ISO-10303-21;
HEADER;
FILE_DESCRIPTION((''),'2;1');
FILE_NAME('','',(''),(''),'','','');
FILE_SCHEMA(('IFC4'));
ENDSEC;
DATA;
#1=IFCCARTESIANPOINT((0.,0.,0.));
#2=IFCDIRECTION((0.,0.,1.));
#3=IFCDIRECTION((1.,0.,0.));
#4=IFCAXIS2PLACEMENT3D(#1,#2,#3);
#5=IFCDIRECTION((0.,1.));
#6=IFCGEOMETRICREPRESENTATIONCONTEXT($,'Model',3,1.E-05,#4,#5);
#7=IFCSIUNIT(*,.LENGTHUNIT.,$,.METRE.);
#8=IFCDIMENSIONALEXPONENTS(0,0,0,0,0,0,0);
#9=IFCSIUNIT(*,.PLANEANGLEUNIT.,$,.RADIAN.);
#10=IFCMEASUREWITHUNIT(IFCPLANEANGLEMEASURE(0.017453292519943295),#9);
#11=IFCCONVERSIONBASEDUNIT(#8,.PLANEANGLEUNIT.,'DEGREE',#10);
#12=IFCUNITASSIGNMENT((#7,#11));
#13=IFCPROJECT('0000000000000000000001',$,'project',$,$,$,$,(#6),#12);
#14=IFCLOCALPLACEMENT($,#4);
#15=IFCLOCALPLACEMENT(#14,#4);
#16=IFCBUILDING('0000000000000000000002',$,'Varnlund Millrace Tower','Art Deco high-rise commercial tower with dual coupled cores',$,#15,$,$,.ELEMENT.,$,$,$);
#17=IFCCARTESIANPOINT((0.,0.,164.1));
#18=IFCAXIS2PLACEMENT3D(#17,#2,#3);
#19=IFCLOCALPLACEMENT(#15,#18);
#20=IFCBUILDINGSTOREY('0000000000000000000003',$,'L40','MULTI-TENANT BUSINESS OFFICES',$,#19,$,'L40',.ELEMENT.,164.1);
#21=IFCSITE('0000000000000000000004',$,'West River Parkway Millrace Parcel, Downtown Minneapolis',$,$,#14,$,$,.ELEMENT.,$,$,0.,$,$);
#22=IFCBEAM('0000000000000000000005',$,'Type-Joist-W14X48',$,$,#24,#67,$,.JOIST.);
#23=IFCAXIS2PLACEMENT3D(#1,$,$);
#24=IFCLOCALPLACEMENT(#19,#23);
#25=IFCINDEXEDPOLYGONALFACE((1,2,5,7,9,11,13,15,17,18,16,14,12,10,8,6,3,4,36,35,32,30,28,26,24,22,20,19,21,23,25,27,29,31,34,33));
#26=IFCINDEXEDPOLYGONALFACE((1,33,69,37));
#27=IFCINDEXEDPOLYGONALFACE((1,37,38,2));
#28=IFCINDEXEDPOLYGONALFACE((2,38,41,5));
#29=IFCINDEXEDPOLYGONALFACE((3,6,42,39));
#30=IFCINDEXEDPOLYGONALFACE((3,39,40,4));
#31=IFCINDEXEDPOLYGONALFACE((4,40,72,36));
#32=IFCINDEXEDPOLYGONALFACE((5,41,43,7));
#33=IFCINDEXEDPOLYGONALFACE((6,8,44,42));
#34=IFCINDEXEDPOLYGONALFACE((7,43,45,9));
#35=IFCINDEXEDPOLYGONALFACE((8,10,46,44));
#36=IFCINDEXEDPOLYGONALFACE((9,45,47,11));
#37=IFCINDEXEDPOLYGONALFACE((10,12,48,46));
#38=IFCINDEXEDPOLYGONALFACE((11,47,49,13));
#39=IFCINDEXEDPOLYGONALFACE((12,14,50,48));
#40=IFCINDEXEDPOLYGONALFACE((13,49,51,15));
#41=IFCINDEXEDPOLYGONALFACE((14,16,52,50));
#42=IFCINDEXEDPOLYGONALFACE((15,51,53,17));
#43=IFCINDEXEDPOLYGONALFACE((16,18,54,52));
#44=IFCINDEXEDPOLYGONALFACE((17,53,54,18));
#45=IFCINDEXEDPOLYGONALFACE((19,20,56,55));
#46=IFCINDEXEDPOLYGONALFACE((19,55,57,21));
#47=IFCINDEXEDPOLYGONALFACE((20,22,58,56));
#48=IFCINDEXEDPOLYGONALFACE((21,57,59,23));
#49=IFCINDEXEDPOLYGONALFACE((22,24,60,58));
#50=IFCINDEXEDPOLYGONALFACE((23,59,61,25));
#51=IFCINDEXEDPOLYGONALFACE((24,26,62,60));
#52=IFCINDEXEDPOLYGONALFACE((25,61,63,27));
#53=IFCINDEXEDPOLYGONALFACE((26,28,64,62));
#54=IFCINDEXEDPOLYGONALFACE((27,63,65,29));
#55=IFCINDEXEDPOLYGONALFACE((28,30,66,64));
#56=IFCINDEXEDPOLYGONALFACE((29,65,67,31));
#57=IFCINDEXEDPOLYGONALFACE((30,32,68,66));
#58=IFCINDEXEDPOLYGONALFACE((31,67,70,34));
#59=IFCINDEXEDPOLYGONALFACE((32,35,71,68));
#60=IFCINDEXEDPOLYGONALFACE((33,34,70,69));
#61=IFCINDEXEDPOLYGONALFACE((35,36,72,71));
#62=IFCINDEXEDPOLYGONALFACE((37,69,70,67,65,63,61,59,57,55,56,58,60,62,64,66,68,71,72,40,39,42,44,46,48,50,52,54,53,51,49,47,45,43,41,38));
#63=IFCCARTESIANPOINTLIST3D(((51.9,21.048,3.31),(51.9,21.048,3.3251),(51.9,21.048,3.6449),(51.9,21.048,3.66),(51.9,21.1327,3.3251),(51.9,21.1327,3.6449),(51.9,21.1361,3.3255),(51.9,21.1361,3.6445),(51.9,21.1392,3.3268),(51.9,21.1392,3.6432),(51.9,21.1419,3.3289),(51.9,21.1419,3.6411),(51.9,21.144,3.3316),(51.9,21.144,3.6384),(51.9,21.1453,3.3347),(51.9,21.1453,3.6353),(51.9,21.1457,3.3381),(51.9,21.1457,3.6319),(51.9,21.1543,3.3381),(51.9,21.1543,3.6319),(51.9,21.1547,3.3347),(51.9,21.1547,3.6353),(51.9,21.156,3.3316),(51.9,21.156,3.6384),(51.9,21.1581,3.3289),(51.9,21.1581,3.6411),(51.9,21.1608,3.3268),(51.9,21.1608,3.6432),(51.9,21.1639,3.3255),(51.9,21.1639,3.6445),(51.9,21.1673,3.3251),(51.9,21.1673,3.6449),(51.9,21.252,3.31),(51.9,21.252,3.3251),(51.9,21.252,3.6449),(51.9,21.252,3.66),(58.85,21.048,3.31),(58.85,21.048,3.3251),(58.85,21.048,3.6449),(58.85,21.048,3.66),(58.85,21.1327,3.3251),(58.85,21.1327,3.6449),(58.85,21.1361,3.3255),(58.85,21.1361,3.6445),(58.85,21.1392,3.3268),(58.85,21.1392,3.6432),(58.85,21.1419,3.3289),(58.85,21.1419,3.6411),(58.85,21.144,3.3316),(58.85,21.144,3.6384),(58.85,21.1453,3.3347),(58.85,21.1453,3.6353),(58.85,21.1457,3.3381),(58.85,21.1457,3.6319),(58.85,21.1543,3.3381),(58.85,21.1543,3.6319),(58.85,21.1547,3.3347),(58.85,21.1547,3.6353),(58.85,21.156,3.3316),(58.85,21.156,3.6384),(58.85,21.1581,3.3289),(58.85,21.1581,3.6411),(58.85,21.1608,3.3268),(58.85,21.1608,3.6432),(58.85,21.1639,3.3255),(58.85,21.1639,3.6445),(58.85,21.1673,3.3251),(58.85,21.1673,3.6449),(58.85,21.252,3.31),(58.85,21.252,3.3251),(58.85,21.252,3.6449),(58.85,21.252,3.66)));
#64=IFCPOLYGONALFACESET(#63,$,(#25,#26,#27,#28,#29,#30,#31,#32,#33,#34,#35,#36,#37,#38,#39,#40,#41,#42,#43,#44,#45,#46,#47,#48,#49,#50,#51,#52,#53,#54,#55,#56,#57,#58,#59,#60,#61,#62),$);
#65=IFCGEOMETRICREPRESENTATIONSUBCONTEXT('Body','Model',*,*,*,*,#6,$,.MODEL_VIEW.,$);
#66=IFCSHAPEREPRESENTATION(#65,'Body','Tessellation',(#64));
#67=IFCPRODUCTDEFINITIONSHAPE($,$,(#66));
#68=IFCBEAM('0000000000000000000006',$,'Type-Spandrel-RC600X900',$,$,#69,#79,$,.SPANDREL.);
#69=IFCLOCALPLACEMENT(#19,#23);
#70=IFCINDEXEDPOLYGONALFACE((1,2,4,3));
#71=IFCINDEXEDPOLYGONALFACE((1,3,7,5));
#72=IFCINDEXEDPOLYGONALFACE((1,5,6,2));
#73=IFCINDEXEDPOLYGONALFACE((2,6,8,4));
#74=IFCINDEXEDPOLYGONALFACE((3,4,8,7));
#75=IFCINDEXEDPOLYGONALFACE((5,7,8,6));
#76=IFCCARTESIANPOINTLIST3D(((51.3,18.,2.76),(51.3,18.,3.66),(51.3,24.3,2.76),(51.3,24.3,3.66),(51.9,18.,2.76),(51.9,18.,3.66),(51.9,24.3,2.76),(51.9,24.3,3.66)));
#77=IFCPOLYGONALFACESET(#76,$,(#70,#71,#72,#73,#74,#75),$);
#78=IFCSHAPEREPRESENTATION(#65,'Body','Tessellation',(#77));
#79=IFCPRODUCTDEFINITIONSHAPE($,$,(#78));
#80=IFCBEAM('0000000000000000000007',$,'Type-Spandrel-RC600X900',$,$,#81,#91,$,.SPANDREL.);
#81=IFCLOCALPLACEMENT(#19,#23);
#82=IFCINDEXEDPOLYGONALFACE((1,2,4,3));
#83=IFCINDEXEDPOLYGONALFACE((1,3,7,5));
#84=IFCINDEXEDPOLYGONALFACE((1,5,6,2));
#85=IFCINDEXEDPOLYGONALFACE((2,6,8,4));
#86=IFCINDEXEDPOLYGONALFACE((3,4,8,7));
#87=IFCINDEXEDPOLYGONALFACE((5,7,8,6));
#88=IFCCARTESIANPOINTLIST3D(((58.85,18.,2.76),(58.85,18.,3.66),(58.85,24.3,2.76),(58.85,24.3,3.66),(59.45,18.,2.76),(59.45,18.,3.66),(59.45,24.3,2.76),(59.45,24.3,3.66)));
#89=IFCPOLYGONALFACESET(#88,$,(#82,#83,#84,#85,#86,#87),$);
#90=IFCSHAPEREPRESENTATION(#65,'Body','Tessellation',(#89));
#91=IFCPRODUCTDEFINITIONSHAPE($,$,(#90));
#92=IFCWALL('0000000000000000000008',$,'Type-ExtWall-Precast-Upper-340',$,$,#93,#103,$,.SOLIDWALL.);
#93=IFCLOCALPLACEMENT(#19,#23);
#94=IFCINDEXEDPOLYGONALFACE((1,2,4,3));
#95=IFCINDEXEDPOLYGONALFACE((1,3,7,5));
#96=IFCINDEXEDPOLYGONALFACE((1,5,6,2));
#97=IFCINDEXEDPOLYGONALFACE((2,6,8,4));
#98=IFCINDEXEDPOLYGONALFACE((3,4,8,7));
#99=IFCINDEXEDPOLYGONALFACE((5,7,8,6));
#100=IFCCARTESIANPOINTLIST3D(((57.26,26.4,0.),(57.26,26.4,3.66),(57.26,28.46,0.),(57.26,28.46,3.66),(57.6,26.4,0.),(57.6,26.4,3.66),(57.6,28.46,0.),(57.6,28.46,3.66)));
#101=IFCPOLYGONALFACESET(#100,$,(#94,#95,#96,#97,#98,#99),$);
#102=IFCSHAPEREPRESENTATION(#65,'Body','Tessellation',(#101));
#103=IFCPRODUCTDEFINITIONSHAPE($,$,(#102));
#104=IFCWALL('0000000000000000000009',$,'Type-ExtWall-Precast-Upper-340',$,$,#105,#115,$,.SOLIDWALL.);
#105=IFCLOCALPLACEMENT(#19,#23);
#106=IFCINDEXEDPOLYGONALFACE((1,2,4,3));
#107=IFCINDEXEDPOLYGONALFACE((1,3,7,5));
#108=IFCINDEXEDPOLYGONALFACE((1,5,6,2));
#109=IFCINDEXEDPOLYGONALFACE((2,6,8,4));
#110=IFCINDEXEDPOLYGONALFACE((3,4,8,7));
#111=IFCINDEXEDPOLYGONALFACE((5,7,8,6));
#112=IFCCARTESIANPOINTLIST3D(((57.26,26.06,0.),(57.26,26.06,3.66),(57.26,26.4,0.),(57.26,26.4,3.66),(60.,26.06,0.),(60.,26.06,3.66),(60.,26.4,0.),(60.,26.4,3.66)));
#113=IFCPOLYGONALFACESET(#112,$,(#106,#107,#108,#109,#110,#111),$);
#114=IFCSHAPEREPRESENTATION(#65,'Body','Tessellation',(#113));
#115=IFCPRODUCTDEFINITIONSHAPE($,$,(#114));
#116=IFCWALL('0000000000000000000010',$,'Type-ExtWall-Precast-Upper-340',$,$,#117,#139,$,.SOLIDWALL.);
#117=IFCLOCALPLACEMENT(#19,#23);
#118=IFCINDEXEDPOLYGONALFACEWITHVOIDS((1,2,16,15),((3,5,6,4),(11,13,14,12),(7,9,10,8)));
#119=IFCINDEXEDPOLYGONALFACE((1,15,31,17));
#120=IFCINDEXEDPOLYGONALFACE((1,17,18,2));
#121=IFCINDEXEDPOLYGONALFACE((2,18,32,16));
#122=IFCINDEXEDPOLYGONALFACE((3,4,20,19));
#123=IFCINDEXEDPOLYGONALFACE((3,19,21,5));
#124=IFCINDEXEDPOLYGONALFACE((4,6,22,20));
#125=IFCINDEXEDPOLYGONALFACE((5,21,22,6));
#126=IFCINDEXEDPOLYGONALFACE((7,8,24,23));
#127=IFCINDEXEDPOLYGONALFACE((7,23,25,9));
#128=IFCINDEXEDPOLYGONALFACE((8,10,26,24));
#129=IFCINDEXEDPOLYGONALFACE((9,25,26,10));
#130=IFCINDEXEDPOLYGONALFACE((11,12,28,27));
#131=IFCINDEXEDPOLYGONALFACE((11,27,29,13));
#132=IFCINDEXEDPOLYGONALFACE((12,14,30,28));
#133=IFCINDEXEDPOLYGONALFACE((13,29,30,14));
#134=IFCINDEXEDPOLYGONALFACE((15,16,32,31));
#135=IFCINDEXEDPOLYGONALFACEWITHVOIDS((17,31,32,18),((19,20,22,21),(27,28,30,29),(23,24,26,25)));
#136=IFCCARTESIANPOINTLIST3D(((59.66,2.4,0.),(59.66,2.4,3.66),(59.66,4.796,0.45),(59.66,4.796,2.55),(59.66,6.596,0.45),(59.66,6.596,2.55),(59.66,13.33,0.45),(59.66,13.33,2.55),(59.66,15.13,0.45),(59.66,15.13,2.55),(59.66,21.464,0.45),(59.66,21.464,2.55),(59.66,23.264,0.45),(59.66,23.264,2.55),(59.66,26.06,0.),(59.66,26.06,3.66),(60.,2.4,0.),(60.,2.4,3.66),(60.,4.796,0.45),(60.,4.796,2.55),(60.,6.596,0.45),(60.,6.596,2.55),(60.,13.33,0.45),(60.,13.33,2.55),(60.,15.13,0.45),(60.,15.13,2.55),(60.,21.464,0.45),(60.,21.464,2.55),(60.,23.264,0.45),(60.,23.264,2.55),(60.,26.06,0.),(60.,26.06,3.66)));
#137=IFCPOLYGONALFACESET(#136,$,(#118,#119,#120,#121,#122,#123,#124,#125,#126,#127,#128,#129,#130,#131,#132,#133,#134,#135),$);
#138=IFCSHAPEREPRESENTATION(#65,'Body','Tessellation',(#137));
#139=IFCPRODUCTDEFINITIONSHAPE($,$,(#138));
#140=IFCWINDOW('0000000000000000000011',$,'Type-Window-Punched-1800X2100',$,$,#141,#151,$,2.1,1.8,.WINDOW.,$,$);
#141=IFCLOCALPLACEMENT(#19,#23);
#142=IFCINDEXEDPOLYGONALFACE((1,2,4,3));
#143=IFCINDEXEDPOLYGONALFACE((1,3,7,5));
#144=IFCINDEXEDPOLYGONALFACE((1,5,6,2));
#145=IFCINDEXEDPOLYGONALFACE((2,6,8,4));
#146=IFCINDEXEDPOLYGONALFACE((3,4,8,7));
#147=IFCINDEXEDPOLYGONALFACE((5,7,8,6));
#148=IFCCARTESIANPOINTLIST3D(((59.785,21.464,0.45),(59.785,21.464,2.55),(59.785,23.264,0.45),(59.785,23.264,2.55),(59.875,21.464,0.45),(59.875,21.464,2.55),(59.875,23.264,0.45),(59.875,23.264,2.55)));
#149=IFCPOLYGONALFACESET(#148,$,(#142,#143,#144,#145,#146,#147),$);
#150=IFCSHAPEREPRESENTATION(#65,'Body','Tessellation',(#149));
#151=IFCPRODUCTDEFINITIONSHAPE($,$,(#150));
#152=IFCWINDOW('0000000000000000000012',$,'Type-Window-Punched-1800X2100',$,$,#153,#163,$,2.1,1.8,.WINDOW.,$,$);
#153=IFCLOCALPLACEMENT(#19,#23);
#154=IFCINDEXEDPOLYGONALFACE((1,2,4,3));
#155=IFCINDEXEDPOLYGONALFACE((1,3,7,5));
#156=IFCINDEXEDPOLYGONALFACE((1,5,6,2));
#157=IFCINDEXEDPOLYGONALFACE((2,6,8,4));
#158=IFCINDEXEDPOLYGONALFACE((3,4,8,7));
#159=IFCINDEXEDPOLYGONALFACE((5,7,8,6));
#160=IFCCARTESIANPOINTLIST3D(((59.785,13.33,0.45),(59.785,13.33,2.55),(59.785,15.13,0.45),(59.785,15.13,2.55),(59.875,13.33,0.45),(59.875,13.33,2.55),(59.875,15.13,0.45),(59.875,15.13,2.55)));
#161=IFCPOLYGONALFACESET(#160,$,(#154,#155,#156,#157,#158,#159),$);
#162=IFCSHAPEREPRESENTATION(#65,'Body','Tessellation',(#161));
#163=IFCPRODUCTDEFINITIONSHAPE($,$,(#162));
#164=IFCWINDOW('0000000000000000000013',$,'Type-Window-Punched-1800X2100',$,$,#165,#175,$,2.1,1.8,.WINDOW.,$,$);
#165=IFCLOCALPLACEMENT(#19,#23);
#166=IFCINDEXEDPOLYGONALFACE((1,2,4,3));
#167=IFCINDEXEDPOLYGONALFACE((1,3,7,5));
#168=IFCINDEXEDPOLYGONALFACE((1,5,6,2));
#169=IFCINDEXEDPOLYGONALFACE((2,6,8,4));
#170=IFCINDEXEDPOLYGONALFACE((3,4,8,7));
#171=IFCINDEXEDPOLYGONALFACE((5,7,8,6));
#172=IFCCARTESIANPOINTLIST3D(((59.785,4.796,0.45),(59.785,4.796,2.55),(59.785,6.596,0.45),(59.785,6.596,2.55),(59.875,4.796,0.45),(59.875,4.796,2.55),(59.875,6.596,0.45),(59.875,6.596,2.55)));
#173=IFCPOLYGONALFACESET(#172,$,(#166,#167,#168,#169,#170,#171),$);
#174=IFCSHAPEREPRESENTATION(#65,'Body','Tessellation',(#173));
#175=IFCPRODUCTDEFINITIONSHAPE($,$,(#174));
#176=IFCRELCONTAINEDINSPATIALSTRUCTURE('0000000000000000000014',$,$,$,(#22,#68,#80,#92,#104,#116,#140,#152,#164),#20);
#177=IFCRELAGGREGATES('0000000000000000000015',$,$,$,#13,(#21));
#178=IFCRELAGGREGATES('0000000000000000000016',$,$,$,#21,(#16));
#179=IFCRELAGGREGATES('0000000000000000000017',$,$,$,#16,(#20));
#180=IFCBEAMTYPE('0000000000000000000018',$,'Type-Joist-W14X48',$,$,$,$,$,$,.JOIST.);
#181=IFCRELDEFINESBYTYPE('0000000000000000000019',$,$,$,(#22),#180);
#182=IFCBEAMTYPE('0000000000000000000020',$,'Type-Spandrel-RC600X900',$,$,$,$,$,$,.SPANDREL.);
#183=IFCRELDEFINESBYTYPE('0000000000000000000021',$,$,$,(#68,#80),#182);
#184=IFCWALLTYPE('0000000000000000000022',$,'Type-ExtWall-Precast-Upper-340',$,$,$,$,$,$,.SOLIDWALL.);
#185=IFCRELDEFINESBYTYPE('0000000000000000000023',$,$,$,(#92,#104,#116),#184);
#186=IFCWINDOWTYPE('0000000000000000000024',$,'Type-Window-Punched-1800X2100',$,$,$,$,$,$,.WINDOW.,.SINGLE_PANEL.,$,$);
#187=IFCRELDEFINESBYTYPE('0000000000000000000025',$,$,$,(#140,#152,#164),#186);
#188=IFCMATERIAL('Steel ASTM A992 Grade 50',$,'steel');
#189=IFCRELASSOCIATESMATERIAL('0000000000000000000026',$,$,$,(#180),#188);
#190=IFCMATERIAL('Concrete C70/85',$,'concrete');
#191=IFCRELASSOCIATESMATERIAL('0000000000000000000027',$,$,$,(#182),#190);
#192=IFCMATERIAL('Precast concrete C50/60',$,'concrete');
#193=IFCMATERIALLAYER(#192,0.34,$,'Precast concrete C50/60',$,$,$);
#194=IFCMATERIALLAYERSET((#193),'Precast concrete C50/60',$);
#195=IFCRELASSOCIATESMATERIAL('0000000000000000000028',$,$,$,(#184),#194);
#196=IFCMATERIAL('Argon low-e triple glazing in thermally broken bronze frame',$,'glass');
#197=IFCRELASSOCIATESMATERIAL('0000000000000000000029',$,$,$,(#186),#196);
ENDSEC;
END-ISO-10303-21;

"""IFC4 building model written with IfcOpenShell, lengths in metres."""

from ifc_helpers import new_model, entity, si_unit, converted_unit, direction, frame, origin_with_axes, origin_2d_with_axis, place, context, subcontext, project, spatial, polyline, rectangle, i_section, outline, extrude, material, layer, layer_set, material_profile, profile_set, type_object, element, fill, save


model = new_model("IFC4")

# Units and contexts
model_context = context("Model", 3, precision=1e-05, world=origin_with_axes(), true_north=direction((0.0, 1.0)))
body_context = subcontext(model_context, "Body", "Model", "MODEL_VIEW")
ifc_project = project(units=[si_unit("LENGTHUNIT", "METRE"), converted_unit("PLANEANGLEUNIT", "DEGREE", entity("IfcPlaneAngleMeasure", 0.017453292519943295), si_unit("PLANEANGLEUNIT", "RADIAN"), dimensions=[0, 0, 0, 0, 0, 0, 0])], contexts=[model_context])

# Site, building, storey
site_placement = place(None, origin_with_axes())
site = spatial("IfcSite", under=ifc_project, at=site_placement, Name="West River Parkway Millrace Parcel, Downtown Minneapolis", CompositionType="ELEMENT", RefElevation=0.0)
building_placement = place(site_placement, origin_with_axes())
building = spatial("IfcBuilding", under=site, at=building_placement, Name="Varnlund Millrace Tower", Description="Art Deco high-rise commercial tower with dual coupled cores", CompositionType="ELEMENT")
storey_placement = place(building_placement, frame((0.0, 0.0, 164.1), z_axis=(0.0, 0.0, 1.0), x_axis=(1.0, 0.0, 0.0)))
storey = spatial("IfcBuildingStorey", under=building, at=storey_placement, Name="L40", Description="MULTI-TENANT BUSINESS OFFICES", LongName="L40", CompositionType="ELEMENT", Elevation=164.1)

# Beams
ifc_material_1 = material(Name="Steel ASTM A992 Grade 50", Category="steel")
ifc_material_profile_1 = material_profile(ifc_material_1, i_section(OverallWidth=0.204, OverallDepth=0.35, WebThickness=0.0086, FlangeThickness=0.0151, FilletRadius=0.013, at=origin_2d_with_axis()), Name="Steel ASTM A992 Grade 50")
ifc_profile_set_1 = profile_set([ifc_material_profile_1], Name="Steel ASTM A992 Grade 50")
beam_type_1 = type_object("IfcBeamType", Name="Type-Joist-W14X48", PredefinedType="JOIST", material=ifc_profile_set_1)
for number, where, z_axis, x_axis, name in (
    (1, (51.9, 21.15, 3.485), (1.0, 0.0, 0.0), (0.0, 1.0, 0.0), "Type-Joist-W14X48"),
):
    element("IfcBeam", number, at=place(storey_placement, frame(where, z_axis=z_axis, x_axis=x_axis)), inside=storey, type_object=beam_type_1, Name=name, PredefinedType="JOIST", context=body_context, shape_type="SweptSolid", body=[
        extrude(i_section(OverallWidth=0.204, OverallDepth=0.35, WebThickness=0.0086, FlangeThickness=0.0151, FilletRadius=0.013, at=origin_2d_with_axis()), origin_with_axes(), (0.0, 0.0, 1.0), 6.95),
    ])
ifc_material_2 = material(Name="Concrete C70/85", Category="concrete")
ifc_material_profile_2 = material_profile(ifc_material_2, rectangle(XDim=0.6, YDim=0.9, at=origin_2d_with_axis()), Name="Concrete C70/85")
ifc_profile_set_2 = profile_set([ifc_material_profile_2], Name="Concrete C70/85")
beam_type_2 = type_object("IfcBeamType", Name="Type-Spandrel-RC600X900", PredefinedType="SPANDREL", material=ifc_profile_set_2)
for number, where, z_axis, x_axis, name in (
    (2, (51.6, 18.0, 3.21), (0.0, 1.0, 0.0), (-1.0, 0.0, 0.0), "Type-Spandrel-RC600X900"),
    (3, (59.15, 18.0, 3.21), (0.0, 1.0, 0.0), (-1.0, 0.0, 0.0), "Type-Spandrel-RC600X900"),
):
    element("IfcBeam", number, at=place(storey_placement, frame(where, z_axis=z_axis, x_axis=x_axis)), inside=storey, type_object=beam_type_2, Name=name, PredefinedType="SPANDREL", context=body_context, shape_type="SweptSolid", body=[
        extrude(rectangle(XDim=0.6, YDim=0.9, at=origin_2d_with_axis()), origin_with_axes(), (0.0, 0.0, 1.0), 6.3),
    ])

# Walls
ifc_material_3 = material(Name="Precast concrete C50/60", Category="concrete")
ifc_layer_1 = layer(ifc_material_3, 0.34, Name="Precast concrete C50/60")
ifc_layer_set_1 = layer_set([ifc_layer_1], Name="Precast concrete C50/60")
wall_type_1 = type_object("IfcWallType", Name="Type-ExtWall-Precast-Upper-340", PredefinedType="SOLIDWALL", material=ifc_layer_set_1)
wall_1_placement = place(storey_placement, frame((57.43, 28.46, 0.0), z_axis=(0.0, 0.0, 1.0), x_axis=(0.0, -1.0, 0.0)))
element("IfcWall", 4, at=wall_1_placement, inside=storey, type_object=wall_type_1, Name="Type-ExtWall-Precast-Upper-340", PredefinedType="SOLIDWALL", context=body_context, shape_type="SweptSolid", body=[
    extrude(outline(polyline([(0.0, -0.17), (2.06, -0.17), (2.06, 0.17), (0.0, 0.17), (0.0, -0.17)])), origin_with_axes(), (0.0, 0.0, 1.0), 3.66),
])
wall_2_placement = place(storey_placement, frame((57.26, 26.23, 0.0), z_axis=(0.0, 0.0, 1.0), x_axis=(1.0, 0.0, 0.0)))
element("IfcWall", 5, at=wall_2_placement, inside=storey, type_object=wall_type_1, Name="Type-ExtWall-Precast-Upper-340", PredefinedType="SOLIDWALL", context=body_context, shape_type="SweptSolid", body=[
    extrude(outline(polyline([(0.0, -0.17), (2.74, -0.17), (2.74, 0.17), (0.0, 0.17), (0.0, -0.17)])), origin_with_axes(), (0.0, 0.0, 1.0), 3.66),
])

# Wall, openings, windows
wall_3_placement = place(storey_placement, frame((59.83, 26.06, 0.0), z_axis=(0.0, 0.0, 1.0), x_axis=(0.0, -1.0, 0.0)))
wall_3 = element("IfcWall", 6, at=wall_3_placement, inside=storey, type_object=wall_type_1, Name="Type-ExtWall-Precast-Upper-340", PredefinedType="SOLIDWALL", context=body_context, shape_type="SweptSolid", body=[
    extrude(outline(polyline([(0.0, -0.17), (23.66, -0.17), (23.66, 0.17), (0.0, 0.17), (0.0, -0.17)])), origin_with_axes(), (0.0, 0.0, 1.0), 3.66),
])
opening_1_placement = place(wall_3_placement, frame((3.696, 0.0, 0.45), z_axis=(0.0, 0.0, 1.0), x_axis=(1.0, 0.0, 0.0)))
opening_1 = element("IfcOpeningElement", 7, at=opening_1_placement, cuts=wall_3, PredefinedType="OPENING", context=body_context, shape_type="SweptSolid", body=[
    extrude(rectangle(XDim=1.8, YDim=0.36, at=origin_2d_with_axis()), origin_with_axes(), (0.0, 0.0, 1.0), 2.1),
])
opening_2_placement = place(wall_3_placement, frame((11.83, 0.0, 0.45), z_axis=(0.0, 0.0, 1.0), x_axis=(1.0, 0.0, 0.0)))
opening_2 = element("IfcOpeningElement", 8, at=opening_2_placement, cuts=wall_3, PredefinedType="OPENING", context=body_context, shape_type="SweptSolid", body=[
    extrude(rectangle(XDim=1.8, YDim=0.36, at=origin_2d_with_axis()), origin_with_axes(), (0.0, 0.0, 1.0), 2.1),
])
opening_3_placement = place(wall_3_placement, frame((20.364, 0.0, 0.45), z_axis=(0.0, 0.0, 1.0), x_axis=(1.0, 0.0, 0.0)))
opening_3 = element("IfcOpeningElement", 9, at=opening_3_placement, cuts=wall_3, PredefinedType="OPENING", context=body_context, shape_type="SweptSolid", body=[
    extrude(rectangle(XDim=1.8, YDim=0.36, at=origin_2d_with_axis()), origin_with_axes(), (0.0, 0.0, 1.0), 2.1),
])
ifc_material_4 = material(Name="Argon low-e triple glazing in thermally broken bronze frame", Category="glass")
window_type = type_object("IfcWindowType", Name="Type-Window-Punched-1800X2100", PartitioningType="SINGLE_PANEL", PredefinedType="WINDOW", material=ifc_material_4)
window_1_placement = place(wall_3_placement, frame((3.696, 0.0, 0.45), z_axis=(0.0, 0.0, 1.0), x_axis=(1.0, 0.0, 0.0)))
window_1 = element("IfcWindow", 10, at=window_1_placement, inside=storey, type_object=window_type, Name="Type-Window-Punched-1800X2100", OverallHeight=2.1, OverallWidth=1.8, PredefinedType="WINDOW", context=body_context, shape_type="SweptSolid", body=[
    extrude(rectangle(XDim=1.8, YDim=0.09, at=origin_2d_with_axis()), origin_with_axes(), (0.0, 0.0, 1.0), 2.1),
])
fill(opening_1, window_1)
window_2_placement = place(wall_3_placement, frame((11.83, 0.0, 0.45), z_axis=(0.0, 0.0, 1.0), x_axis=(1.0, 0.0, 0.0)))
window_2 = element("IfcWindow", 11, at=window_2_placement, inside=storey, type_object=window_type, Name="Type-Window-Punched-1800X2100", OverallHeight=2.1, OverallWidth=1.8, PredefinedType="WINDOW", context=body_context, shape_type="SweptSolid", body=[
    extrude(rectangle(XDim=1.8, YDim=0.09, at=origin_2d_with_axis()), origin_with_axes(), (0.0, 0.0, 1.0), 2.1),
])
fill(opening_2, window_2)
window_3_placement = place(wall_3_placement, frame((20.364, 0.0, 0.45), z_axis=(0.0, 0.0, 1.0), x_axis=(1.0, 0.0, 0.0)))
window_3 = element("IfcWindow", 12, at=window_3_placement, inside=storey, type_object=window_type, Name="Type-Window-Punched-1800X2100", OverallHeight=2.1, OverallWidth=1.8, PredefinedType="WINDOW", context=body_context, shape_type="SweptSolid", body=[
    extrude(rectangle(XDim=1.8, YDim=0.09, at=origin_2d_with_axis()), origin_with_axes(), (0.0, 0.0, 1.0), 2.1),
])
fill(opening_3, window_3)

save(model, "model.ifc")
